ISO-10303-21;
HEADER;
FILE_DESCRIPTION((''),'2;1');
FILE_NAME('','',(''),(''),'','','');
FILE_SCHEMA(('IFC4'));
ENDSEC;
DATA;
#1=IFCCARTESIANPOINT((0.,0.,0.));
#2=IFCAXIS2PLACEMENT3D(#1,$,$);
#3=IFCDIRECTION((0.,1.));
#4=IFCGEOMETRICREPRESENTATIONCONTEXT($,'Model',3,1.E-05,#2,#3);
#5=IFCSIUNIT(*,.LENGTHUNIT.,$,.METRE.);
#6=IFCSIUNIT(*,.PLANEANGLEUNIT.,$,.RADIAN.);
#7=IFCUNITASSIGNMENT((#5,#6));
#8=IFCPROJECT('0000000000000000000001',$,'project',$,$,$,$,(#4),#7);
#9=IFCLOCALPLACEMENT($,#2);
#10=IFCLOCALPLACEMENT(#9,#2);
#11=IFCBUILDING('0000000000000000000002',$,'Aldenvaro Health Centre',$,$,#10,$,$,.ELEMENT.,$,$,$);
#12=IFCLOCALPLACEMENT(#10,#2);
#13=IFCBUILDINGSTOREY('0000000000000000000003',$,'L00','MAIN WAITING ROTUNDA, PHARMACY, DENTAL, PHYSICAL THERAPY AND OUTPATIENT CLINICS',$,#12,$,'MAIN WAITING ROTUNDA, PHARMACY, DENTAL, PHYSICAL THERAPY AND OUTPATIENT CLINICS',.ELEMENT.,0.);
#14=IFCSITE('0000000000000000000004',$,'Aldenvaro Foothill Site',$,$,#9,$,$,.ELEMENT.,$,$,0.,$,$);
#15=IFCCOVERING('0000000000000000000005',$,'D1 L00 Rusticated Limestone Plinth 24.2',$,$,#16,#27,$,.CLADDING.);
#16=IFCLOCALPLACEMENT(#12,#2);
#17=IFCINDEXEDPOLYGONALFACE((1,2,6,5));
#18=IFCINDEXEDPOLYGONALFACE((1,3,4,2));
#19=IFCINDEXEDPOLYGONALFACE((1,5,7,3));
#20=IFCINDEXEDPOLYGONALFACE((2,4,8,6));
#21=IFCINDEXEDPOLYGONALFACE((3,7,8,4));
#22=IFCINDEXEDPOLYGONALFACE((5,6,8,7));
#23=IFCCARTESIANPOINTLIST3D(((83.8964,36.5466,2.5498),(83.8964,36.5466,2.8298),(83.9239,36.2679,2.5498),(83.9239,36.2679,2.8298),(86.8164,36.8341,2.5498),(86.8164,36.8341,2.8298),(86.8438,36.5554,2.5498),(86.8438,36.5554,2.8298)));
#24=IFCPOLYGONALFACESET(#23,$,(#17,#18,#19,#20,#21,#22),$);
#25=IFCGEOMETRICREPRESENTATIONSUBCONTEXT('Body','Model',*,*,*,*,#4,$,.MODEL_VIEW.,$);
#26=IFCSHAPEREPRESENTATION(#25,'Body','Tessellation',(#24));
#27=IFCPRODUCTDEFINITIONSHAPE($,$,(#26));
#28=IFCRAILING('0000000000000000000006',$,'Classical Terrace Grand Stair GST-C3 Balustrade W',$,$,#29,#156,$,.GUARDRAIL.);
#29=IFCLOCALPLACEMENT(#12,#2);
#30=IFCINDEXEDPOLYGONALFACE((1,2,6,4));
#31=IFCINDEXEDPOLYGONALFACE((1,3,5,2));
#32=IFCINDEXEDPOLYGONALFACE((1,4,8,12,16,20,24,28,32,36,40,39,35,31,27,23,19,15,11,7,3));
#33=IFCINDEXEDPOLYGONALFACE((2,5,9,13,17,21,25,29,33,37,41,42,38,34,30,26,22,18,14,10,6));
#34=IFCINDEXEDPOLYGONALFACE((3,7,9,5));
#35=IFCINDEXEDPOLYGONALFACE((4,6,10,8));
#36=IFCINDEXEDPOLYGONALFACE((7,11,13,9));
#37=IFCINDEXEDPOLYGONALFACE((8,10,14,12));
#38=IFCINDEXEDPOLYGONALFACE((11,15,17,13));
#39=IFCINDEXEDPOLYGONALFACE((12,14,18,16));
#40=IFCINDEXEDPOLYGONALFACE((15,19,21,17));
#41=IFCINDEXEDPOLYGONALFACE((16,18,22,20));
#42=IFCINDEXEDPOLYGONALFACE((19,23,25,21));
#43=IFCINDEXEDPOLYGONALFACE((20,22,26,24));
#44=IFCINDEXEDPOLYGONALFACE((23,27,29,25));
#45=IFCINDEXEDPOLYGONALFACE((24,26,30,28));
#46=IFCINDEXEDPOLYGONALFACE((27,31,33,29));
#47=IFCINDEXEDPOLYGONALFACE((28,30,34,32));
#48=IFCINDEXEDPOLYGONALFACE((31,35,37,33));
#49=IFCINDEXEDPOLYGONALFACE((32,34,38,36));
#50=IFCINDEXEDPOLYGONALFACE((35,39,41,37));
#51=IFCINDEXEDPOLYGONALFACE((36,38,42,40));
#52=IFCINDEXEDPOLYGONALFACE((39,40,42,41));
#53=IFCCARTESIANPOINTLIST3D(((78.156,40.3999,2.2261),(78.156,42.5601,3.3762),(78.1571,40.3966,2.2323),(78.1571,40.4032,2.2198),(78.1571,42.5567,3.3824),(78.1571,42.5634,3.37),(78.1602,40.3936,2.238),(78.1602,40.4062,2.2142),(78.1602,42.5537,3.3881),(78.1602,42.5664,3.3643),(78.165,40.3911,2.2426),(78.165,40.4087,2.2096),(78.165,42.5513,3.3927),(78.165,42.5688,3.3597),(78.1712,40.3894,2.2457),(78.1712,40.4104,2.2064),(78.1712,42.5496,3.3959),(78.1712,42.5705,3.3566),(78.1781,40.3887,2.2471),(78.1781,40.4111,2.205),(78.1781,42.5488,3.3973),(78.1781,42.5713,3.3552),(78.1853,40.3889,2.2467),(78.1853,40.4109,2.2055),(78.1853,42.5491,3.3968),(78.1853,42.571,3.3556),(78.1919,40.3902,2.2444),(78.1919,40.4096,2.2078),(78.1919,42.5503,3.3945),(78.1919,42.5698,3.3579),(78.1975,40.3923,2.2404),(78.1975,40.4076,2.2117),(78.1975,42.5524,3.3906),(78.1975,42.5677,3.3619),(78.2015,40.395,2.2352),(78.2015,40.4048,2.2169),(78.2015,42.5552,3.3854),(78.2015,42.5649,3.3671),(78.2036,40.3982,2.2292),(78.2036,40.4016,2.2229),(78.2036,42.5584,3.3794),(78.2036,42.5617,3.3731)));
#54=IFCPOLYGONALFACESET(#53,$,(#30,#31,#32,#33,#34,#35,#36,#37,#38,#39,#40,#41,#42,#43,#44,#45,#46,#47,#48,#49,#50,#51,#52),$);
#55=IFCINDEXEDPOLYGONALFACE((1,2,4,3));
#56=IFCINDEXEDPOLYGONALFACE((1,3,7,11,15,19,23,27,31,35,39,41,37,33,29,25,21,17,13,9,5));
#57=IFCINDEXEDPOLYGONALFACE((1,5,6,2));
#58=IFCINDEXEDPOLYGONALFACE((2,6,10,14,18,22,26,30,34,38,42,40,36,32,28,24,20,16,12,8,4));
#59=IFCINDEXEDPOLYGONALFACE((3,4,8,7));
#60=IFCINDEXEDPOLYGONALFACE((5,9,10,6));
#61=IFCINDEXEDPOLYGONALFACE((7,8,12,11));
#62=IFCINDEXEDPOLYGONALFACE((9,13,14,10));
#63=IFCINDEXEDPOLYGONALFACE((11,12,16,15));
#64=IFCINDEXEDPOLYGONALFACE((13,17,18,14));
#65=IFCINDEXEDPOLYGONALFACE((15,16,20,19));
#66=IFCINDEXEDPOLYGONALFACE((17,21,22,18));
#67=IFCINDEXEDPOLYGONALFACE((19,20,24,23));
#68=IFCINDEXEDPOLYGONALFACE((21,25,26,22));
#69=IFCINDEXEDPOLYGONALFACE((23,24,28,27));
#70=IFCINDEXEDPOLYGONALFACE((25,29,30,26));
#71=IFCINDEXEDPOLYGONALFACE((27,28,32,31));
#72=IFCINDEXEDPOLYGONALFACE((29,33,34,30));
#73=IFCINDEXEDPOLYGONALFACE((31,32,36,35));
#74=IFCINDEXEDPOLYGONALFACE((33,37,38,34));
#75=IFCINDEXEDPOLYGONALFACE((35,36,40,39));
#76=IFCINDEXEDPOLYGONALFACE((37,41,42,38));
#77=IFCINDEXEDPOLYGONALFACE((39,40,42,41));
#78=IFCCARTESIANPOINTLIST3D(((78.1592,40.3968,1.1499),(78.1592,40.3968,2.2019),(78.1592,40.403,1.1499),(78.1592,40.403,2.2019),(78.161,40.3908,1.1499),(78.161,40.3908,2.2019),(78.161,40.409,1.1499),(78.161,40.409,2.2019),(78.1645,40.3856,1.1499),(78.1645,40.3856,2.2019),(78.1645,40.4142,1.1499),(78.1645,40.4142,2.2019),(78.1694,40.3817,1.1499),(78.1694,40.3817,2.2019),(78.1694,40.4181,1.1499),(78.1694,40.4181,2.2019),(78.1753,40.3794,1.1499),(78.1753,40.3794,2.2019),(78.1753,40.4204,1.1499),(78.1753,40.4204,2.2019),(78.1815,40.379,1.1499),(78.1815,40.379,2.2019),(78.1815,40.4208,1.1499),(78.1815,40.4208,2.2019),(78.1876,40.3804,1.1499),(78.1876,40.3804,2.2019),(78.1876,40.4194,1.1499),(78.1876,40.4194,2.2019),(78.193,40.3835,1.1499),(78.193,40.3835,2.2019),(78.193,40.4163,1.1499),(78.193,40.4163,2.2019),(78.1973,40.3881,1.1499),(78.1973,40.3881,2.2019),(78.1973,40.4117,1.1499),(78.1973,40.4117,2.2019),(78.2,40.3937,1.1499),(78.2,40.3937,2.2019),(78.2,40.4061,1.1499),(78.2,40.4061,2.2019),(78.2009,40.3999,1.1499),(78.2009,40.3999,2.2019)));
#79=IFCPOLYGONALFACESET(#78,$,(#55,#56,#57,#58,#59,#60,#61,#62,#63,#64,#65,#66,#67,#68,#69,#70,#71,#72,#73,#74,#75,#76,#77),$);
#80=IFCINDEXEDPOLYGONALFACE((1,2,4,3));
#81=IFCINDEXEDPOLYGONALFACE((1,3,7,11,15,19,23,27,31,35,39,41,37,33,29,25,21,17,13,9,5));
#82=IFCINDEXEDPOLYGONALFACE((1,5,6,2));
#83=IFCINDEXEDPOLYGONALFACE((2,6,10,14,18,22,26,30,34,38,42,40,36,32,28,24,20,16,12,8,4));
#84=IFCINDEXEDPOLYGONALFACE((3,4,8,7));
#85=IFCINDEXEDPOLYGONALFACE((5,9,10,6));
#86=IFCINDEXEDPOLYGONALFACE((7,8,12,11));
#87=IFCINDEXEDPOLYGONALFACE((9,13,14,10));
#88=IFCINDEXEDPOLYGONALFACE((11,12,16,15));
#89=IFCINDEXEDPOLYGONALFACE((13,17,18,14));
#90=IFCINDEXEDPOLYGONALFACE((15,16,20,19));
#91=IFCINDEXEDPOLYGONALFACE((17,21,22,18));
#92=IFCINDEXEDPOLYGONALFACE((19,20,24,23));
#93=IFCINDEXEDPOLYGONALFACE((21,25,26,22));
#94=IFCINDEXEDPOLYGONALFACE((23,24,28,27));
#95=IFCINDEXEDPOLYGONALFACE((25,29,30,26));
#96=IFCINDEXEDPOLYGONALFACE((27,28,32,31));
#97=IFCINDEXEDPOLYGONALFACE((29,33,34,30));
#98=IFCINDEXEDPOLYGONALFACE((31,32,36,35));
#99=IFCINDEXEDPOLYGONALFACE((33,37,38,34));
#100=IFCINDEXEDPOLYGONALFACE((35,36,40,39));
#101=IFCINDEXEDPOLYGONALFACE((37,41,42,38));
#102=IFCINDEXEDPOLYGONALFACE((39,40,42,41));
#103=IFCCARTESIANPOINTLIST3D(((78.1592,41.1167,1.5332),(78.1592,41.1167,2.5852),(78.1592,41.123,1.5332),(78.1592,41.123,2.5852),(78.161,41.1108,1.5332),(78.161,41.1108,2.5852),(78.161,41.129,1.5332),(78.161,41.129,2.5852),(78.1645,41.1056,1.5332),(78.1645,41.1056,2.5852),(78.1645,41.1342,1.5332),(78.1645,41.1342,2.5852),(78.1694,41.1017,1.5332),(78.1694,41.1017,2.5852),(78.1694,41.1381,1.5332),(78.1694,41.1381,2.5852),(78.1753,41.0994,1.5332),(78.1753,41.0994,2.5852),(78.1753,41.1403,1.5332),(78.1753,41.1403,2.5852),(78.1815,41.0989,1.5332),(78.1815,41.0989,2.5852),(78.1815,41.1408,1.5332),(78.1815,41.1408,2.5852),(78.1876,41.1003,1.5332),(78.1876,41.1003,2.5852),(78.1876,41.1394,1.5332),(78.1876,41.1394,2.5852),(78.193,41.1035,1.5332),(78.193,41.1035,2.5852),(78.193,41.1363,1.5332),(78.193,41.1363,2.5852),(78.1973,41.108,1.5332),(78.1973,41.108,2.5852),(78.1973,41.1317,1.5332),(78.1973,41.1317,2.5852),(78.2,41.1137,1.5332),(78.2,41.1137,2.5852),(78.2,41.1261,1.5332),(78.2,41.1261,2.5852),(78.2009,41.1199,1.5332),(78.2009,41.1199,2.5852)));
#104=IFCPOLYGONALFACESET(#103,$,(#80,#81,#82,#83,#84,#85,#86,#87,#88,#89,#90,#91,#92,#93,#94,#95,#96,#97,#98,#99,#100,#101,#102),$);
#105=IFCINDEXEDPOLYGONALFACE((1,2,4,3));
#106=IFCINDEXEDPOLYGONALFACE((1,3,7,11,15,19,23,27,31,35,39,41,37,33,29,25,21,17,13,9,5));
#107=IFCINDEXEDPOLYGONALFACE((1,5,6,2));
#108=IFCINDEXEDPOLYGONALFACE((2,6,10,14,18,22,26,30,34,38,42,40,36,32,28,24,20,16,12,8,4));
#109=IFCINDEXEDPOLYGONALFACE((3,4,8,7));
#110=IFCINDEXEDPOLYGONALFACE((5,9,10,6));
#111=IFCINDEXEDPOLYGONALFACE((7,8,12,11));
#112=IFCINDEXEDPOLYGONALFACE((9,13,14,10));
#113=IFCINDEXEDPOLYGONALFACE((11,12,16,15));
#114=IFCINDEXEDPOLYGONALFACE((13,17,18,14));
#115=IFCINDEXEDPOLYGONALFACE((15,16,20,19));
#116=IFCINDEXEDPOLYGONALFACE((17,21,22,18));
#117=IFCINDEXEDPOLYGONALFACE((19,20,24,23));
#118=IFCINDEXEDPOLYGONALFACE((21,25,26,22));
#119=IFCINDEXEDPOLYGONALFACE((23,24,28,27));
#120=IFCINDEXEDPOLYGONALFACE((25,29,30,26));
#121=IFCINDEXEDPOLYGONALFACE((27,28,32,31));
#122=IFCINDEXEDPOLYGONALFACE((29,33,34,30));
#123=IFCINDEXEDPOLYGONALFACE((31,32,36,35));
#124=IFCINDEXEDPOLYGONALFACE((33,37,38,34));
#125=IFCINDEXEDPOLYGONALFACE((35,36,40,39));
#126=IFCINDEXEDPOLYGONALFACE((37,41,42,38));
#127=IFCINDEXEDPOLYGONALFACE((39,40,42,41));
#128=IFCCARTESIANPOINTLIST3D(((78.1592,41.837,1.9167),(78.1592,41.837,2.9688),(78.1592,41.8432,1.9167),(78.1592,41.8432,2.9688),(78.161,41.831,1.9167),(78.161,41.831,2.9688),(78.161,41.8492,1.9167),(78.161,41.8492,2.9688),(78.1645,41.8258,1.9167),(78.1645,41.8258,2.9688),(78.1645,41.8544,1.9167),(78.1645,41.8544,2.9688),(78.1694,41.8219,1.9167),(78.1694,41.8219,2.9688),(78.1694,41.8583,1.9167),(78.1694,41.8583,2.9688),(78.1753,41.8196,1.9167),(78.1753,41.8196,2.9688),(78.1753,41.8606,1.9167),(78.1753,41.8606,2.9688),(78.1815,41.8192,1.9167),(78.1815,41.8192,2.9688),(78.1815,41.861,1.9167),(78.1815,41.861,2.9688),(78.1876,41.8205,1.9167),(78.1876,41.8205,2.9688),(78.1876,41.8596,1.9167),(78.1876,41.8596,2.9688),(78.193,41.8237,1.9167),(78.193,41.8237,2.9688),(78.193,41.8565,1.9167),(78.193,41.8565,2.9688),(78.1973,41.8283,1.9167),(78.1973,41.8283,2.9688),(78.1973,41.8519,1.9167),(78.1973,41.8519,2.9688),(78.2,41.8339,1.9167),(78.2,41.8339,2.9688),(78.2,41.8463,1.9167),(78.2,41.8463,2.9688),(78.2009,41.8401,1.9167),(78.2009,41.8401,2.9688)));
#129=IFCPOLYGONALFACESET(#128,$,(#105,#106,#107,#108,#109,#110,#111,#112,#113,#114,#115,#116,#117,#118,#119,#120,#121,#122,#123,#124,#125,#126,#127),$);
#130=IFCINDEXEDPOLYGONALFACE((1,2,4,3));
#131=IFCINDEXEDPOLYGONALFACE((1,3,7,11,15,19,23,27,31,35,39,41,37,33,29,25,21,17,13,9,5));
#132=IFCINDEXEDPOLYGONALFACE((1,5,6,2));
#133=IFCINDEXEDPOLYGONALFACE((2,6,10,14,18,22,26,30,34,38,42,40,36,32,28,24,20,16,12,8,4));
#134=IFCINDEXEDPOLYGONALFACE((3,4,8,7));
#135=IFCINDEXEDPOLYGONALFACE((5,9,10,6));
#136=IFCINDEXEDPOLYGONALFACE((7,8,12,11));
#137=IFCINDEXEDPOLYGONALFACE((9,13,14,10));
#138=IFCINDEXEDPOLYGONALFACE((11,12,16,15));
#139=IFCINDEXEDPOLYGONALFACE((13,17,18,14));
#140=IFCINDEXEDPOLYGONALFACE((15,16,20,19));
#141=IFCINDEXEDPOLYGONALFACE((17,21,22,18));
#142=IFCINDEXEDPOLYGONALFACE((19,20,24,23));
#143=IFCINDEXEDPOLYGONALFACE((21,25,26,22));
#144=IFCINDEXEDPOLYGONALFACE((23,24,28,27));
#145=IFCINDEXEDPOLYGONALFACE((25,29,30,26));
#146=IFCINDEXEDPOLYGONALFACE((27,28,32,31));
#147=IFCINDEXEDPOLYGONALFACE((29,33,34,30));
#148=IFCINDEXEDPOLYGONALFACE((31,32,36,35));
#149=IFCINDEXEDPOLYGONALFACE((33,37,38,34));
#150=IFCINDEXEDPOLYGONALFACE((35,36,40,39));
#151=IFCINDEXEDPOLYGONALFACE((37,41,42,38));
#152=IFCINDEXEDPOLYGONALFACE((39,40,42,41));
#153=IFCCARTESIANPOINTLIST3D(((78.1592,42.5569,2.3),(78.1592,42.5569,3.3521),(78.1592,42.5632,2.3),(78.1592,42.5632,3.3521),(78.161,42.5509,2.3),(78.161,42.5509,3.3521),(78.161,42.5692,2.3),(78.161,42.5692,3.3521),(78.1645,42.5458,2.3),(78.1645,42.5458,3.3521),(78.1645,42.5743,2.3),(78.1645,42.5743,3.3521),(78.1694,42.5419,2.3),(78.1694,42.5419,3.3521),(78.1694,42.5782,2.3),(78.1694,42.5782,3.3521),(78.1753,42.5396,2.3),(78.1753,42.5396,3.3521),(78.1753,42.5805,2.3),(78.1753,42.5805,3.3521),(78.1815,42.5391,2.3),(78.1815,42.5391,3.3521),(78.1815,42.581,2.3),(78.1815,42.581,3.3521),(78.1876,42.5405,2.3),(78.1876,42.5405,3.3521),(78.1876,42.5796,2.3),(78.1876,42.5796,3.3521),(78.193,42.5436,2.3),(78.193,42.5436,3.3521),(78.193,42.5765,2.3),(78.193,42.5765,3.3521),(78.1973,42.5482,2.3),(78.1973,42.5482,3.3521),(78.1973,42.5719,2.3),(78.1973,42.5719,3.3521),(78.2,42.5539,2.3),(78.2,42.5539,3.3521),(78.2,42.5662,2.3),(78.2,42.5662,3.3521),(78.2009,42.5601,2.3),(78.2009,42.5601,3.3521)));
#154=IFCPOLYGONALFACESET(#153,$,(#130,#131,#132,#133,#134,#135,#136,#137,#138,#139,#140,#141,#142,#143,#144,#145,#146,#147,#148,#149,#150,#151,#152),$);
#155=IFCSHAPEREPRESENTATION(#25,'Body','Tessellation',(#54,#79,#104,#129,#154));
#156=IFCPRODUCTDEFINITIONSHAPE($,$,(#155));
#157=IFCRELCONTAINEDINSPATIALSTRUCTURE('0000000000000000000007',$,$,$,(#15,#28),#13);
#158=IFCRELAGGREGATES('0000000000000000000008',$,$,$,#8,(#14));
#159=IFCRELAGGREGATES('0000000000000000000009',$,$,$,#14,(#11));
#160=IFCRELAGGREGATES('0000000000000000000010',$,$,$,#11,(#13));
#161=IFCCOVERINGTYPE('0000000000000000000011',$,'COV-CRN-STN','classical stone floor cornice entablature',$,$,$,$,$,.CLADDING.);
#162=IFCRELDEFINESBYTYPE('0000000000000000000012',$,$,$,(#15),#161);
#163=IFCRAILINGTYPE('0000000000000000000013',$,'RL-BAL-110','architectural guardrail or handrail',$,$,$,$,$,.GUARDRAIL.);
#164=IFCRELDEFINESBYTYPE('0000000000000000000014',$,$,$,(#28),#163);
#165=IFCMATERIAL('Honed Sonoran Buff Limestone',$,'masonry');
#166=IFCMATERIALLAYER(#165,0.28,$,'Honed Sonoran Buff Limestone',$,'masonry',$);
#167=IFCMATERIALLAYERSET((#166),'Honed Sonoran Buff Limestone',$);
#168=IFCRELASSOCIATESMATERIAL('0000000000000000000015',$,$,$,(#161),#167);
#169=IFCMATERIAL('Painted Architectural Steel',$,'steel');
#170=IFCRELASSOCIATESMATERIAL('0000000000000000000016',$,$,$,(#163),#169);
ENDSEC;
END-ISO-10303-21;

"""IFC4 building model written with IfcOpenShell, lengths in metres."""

from ifc_helpers import new_model, si_unit, direction, frame, origin, origin_2d, place, context, subcontext, project, spatial, rectangle, circle, extrude, material, layer, layer_set, type_object, element, save


model = new_model("IFC4")

# Units and contexts
model_context = context("Model", 3, precision=1e-05, world=origin(), true_north=direction((0.0, 1.0)))
body_context = subcontext(model_context, "Body", "Model", "MODEL_VIEW")
ifc_project = project(units=[si_unit("LENGTHUNIT", "METRE"), si_unit("PLANEANGLEUNIT", "RADIAN")], contexts=[model_context])

# Site, building, storey
site_placement = place(None, origin())
site = spatial("IfcSite", under=ifc_project, at=site_placement, Name="Aldenvaro Foothill Site", CompositionType="ELEMENT", RefElevation=0.0)
building_placement = place(site_placement, origin())
building = spatial("IfcBuilding", under=site, at=building_placement, Name="Aldenvaro Health Centre", CompositionType="ELEMENT")
storey_placement = place(building_placement, origin())
storey = spatial("IfcBuildingStorey", under=building, at=storey_placement, Name="L00", Description="MAIN WAITING ROTUNDA, PHARMACY, DENTAL, PHYSICAL THERAPY AND OUTPATIENT CLINICS", LongName="MAIN WAITING ROTUNDA, PHARMACY, DENTAL, PHYSICAL THERAPY AND OUTPATIENT CLINICS", CompositionType="ELEMENT", Elevation=0.0)

# Covering
ifc_material_1 = material(Name="Honed Sonoran Buff Limestone", Category="masonry")
ifc_layer_1 = layer(ifc_material_1, 0.28, Name="Honed Sonoran Buff Limestone", Category="masonry")
ifc_layer_set_1 = layer_set([ifc_layer_1], Name="Honed Sonoran Buff Limestone")
covering_type = type_object("IfcCoveringType", Name="COV-CRN-STN", Description="classical stone floor cornice entablature", PredefinedType="CLADDING", material=ifc_layer_set_1)
covering_1_placement = place(storey_placement, frame((85.3701, 36.551, 2.5498), z_axis=(0.0, 0.0, 1.0), x_axis=(0.995187, 0.097994, 0.0)))
element("IfcCovering", 1, at=covering_1_placement, inside=storey, type_object=covering_type, Name="D1 L00 Rusticated Limestone Plinth 24.2", PredefinedType="CLADDING", context=body_context, shape_type="SweptSolid", body=[
    extrude(rectangle(XDim=2.9341, YDim=0.28, at=origin_2d()), origin(), (0.0, 0.0, 1.0), 0.28),
])

# Railing
ifc_material_2 = material(Name="Painted Architectural Steel", Category="steel")
railing_type_1 = type_object("IfcRailingType", Name="RL-BAL-110", Description="architectural guardrail or handrail", PredefinedType="GUARDRAIL", material=ifc_material_2)
for number, where, name in (
    (2, (78.1799, 40.3999, 1.1499), "Classical Terrace Grand Stair GST-C3 Balustrade W"),
):
    element("IfcRailing", number, at=place(storey_placement, frame(where)), inside=storey, type_object=railing_type_1, Name=name, PredefinedType="GUARDRAIL", context=body_context, shape_type="SweptSolid", body=[
        extrude(circle(Radius=0.0239, at=origin_2d()), frame((0.0, 0.0, 1.0762), z_axis=(0.0, 0.882681, 0.469972), x_axis=(-1.0, 0.0, 0.0)), (0.0, 0.0, 1.0), 2.4473),
        extrude(circle(Radius=0.021, at=origin_2d()), origin(), (0.0, 0.0, 1.0), 1.052),
        extrude(circle(Radius=0.021, at=origin_2d()), frame((0.0, 0.72, 0.3833)), (0.0, 0.0, 1.0), 1.052),
        extrude(circle(Radius=0.021, at=origin_2d()), frame((0.0, 1.4402, 0.7668)), (0.0, 0.0, 1.0), 1.052),
        extrude(circle(Radius=0.021, at=origin_2d()), frame((0.0, 2.1602, 1.1501)), (0.0, 0.0, 1.0), 1.052),
    ])

save(model, "model.ifc")
